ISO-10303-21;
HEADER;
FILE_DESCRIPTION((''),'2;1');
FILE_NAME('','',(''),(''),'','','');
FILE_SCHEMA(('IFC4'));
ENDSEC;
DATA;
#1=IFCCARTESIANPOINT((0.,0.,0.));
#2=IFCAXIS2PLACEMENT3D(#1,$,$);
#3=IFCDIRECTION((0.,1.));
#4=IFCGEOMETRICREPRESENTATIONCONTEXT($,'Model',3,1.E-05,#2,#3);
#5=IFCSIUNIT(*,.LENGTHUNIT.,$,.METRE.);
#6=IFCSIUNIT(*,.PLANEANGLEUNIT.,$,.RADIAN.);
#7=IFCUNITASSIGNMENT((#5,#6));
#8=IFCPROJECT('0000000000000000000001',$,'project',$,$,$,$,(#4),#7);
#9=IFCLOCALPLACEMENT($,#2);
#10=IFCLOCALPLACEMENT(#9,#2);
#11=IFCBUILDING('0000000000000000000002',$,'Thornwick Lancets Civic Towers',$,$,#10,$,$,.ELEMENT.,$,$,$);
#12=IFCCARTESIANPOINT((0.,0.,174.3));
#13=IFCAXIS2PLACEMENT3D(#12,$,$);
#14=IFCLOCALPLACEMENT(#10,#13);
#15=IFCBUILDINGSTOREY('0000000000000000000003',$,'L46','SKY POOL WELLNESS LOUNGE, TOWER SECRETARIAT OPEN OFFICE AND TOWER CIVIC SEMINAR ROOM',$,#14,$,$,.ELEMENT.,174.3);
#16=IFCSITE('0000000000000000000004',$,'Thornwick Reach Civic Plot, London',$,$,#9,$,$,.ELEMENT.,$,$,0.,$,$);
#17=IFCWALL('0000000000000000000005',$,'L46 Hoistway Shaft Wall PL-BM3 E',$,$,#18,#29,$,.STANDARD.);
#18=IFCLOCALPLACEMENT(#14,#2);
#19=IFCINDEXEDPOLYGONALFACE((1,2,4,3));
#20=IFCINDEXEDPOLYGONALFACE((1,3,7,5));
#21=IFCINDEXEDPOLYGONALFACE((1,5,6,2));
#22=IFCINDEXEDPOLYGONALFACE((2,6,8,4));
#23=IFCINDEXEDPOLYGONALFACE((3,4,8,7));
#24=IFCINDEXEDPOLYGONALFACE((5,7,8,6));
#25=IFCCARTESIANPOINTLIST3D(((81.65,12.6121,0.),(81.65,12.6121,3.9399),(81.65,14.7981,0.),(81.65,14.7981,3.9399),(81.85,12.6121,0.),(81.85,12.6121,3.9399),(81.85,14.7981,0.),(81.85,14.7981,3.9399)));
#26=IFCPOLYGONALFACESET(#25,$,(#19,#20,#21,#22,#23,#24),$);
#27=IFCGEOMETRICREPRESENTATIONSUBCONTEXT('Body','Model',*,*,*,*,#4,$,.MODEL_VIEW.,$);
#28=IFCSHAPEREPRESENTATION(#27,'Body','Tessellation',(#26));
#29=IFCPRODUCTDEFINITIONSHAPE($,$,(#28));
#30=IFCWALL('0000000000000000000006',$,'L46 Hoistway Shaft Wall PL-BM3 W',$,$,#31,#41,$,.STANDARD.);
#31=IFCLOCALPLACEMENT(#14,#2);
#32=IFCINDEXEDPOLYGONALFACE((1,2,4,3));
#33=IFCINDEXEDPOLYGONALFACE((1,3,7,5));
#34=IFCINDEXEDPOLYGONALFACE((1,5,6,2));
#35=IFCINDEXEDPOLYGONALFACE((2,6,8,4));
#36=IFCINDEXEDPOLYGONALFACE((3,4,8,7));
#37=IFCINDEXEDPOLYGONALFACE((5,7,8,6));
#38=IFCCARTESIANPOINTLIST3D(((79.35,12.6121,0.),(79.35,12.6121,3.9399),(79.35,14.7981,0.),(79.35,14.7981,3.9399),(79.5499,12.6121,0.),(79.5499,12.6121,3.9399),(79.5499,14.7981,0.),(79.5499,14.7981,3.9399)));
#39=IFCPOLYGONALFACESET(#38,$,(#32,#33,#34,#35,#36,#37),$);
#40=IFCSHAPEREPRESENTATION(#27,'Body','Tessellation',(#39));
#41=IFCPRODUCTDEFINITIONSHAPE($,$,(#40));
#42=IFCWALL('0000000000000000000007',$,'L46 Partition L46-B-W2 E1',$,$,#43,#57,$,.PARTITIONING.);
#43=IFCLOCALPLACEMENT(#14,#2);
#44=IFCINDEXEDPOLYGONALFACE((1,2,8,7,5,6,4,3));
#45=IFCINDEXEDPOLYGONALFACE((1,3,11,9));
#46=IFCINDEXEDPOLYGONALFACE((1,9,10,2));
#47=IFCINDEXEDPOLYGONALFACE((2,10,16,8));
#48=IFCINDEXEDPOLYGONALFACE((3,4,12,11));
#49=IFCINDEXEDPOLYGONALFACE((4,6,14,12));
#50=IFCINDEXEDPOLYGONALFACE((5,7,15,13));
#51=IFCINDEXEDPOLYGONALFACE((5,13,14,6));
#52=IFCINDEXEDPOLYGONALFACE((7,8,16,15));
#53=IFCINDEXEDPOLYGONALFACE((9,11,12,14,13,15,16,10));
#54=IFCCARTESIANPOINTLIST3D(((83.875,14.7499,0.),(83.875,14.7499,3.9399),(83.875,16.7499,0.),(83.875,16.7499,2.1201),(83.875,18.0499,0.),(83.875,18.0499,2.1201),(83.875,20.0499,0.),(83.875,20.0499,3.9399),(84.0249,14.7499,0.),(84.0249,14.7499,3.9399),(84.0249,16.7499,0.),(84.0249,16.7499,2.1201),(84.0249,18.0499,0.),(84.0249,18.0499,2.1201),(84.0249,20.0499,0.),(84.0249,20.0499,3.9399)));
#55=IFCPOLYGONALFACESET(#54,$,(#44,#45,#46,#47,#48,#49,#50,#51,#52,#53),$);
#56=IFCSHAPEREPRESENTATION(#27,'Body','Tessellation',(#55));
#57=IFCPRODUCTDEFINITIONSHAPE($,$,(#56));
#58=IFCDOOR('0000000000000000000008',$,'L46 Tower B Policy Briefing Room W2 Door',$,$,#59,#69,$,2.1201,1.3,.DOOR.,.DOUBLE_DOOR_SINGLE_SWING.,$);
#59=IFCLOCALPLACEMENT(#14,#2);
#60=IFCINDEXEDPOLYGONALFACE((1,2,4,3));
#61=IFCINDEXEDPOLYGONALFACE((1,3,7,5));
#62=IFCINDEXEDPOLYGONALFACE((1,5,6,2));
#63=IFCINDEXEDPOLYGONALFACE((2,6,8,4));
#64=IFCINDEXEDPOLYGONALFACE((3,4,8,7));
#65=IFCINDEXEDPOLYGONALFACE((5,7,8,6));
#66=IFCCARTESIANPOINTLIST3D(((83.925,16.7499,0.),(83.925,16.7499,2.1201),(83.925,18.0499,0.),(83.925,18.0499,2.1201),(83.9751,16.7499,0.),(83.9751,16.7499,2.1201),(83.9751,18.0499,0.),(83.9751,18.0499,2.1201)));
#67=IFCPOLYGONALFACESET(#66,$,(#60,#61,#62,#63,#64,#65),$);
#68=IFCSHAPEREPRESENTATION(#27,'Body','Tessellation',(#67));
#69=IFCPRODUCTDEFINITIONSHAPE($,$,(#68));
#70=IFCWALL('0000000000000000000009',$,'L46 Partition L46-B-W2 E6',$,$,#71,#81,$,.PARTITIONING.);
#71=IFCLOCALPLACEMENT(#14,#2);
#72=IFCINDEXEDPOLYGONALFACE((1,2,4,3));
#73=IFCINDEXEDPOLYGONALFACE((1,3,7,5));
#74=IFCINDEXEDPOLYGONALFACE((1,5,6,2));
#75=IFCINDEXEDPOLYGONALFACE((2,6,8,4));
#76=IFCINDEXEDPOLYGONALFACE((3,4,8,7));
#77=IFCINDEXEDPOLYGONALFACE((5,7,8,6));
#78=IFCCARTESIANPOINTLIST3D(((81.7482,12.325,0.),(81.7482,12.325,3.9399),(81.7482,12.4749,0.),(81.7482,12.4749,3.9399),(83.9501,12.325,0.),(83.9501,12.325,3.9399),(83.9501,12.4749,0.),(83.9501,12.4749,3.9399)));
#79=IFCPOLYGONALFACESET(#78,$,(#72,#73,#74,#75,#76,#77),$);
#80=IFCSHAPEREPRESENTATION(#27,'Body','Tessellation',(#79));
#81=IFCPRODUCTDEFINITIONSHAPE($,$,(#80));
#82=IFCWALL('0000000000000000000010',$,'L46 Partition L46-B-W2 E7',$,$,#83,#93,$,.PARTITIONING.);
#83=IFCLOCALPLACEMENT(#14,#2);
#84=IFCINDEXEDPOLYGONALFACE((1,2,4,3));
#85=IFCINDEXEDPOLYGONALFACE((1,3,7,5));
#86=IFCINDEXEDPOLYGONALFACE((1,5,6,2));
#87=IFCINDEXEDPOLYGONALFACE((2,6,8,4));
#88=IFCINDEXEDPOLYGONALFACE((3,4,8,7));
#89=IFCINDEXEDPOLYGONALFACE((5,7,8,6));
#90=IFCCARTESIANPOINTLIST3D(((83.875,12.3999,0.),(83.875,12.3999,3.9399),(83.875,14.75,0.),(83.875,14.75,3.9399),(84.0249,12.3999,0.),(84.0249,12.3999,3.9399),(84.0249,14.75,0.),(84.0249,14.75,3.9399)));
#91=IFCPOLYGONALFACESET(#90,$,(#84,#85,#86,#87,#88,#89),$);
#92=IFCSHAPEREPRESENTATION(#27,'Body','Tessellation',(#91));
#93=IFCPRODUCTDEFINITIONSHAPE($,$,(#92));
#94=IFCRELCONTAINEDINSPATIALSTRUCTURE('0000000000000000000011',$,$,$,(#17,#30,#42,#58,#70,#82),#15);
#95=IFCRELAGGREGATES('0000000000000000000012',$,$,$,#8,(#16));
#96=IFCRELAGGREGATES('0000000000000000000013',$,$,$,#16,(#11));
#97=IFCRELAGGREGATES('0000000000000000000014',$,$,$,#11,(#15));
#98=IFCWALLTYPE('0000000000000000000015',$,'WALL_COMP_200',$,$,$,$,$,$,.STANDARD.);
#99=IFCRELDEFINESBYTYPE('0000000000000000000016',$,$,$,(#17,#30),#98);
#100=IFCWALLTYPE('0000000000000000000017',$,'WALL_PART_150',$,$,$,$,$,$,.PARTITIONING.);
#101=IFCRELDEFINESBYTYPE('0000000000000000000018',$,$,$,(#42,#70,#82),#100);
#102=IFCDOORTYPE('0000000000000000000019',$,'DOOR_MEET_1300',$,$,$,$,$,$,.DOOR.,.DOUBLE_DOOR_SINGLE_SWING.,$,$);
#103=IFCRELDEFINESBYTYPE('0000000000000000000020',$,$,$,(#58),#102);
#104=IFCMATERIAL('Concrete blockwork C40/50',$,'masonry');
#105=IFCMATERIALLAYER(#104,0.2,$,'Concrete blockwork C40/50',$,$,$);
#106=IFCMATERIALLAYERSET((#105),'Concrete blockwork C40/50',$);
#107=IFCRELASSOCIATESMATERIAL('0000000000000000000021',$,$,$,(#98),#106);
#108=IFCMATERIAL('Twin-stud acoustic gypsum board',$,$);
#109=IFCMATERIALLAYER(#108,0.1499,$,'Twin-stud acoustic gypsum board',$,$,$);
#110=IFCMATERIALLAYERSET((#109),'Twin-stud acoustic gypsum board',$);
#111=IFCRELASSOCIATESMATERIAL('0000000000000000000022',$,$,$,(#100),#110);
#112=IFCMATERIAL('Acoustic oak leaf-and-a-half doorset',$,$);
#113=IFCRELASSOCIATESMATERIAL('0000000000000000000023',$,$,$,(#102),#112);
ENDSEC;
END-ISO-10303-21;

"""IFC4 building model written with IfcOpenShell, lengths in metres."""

from ifc_helpers import new_model, si_unit, direction, frame, frame_2d, origin, place, context, subcontext, project, spatial, rectangle, extrude, material, layer, layer_set, type_object, element, fill, save


model = new_model("IFC4")

# Units and contexts
model_context = context("Model", 3, precision=1e-05, world=origin(), true_north=direction((0.0, 1.0)))
body_context = subcontext(model_context, "Body", "Model", "MODEL_VIEW")
ifc_project = project(units=[si_unit("LENGTHUNIT", "METRE"), si_unit("PLANEANGLEUNIT", "RADIAN")], contexts=[model_context])

# Site, building, storey
site_placement = place(None, origin())
site = spatial("IfcSite", under=ifc_project, at=site_placement, Name="Thornwick Reach Civic Plot, London", CompositionType="ELEMENT", RefElevation=0.0)
building_placement = place(site_placement, origin())
building = spatial("IfcBuilding", under=site, at=building_placement, Name="Thornwick Lancets Civic Towers", CompositionType="ELEMENT")
storey_placement = place(building_placement, frame((0.0, 0.0, 174.3)))
storey = spatial("IfcBuildingStorey", under=building, at=storey_placement, Name="L46", Description="SKY POOL WELLNESS LOUNGE, TOWER SECRETARIAT OPEN OFFICE AND TOWER CIVIC SEMINAR ROOM", CompositionType="ELEMENT", Elevation=174.3)

# Shared definitions
ifc_material_1 = material(Name="Concrete blockwork C40/50", Category="masonry")
ifc_layer_1 = layer(ifc_material_1, 0.2, Name="Concrete blockwork C40/50")
ifc_layer_set_1 = layer_set([ifc_layer_1], Name="Concrete blockwork C40/50")
wall_type_1 = type_object("IfcWallType", Name="WALL_COMP_200", PredefinedType="STANDARD", material=ifc_layer_set_1)

# Walls
for number, where, z_axis, x_axis, name in (
    (1, (81.75, 12.6121, 0.0), (0.0, 0.0, 1.0), (0.0, 1.0, 0.0), "L46 Hoistway Shaft Wall PL-BM3 E"),
    (2, (79.45, 12.6121, 0.0), (0.0, 0.0, 1.0), (0.0, 1.0, 0.0), "L46 Hoistway Shaft Wall PL-BM3 W"),
):
    element("IfcWall", number, at=place(storey_placement, frame(where, z_axis=z_axis, x_axis=x_axis)), inside=storey, type_object=wall_type_1, Name=name, PredefinedType="STANDARD", context=body_context, shape_type="SweptSolid", body=[
        extrude(rectangle(XDim=2.186, YDim=0.2, at=frame_2d((1.093, 0.0))), origin(), (0.0, 0.0, 1.0), 3.9399),
    ])

# Wall, opening, door
ifc_material_2 = material(Name="Twin-stud acoustic gypsum board")
ifc_layer_2 = layer(ifc_material_2, 0.1499, Name="Twin-stud acoustic gypsum board")
ifc_layer_set_2 = layer_set([ifc_layer_2], Name="Twin-stud acoustic gypsum board")
wall_type_2 = type_object("IfcWallType", Name="WALL_PART_150", PredefinedType="PARTITIONING", material=ifc_layer_set_2)
wall_1_placement = place(storey_placement, frame((83.95, 14.75, 0.0), z_axis=(0.0, 0.0, 1.0), x_axis=(0.0, 1.0, 0.0)))
wall_1 = element("IfcWall", 3, at=wall_1_placement, inside=storey, type_object=wall_type_2, Name="L46 Partition L46-B-W2 E1", PredefinedType="PARTITIONING", context=body_context, shape_type="SweptSolid", body=[
    extrude(rectangle(XDim=5.3, YDim=0.1499, at=frame_2d((2.6499, 0.0))), origin(), (0.0, 0.0, 1.0), 3.9399),
])
opening_1_placement = place(wall_1_placement, frame((2.0, 0.0, 0.0)))
opening_1 = element("IfcOpeningElement", 4, at=opening_1_placement, cuts=wall_1, PredefinedType="OPENING", context=body_context, shape_type="SweptSolid", body=[
    extrude(rectangle(XDim=1.3, YDim=2.1201, at=frame_2d((0.6499, 1.0601))), frame((0.0, 0.085, 0.0), z_axis=(0.0, -1.0, 0.0), x_axis=(1.0, 0.0, 0.0)), (0.0, 0.0, 1.0), 0.1699),
])
ifc_material_3 = material(Name="Acoustic oak leaf-and-a-half doorset")
door_type_1 = type_object("IfcDoorType", Name="DOOR_MEET_1300", OperationType="DOUBLE_DOOR_SINGLE_SWING", PredefinedType="DOOR", material=ifc_material_3)
door_1_placement = place(opening_1_placement, origin())
door_1 = element("IfcDoor", 5, at=door_1_placement, inside=storey, type_object=door_type_1, Name="L46 Tower B Policy Briefing Room W2 Door", OperationType="DOUBLE_DOOR_SINGLE_SWING", OverallHeight=2.1201, OverallWidth=1.3, PredefinedType="DOOR", context=body_context, shape_type="SweptSolid", body=[
    extrude(rectangle(XDim=1.3, YDim=2.1201, at=frame_2d((0.6499, 1.0601))), frame((0.0, 0.0249, 0.0), z_axis=(0.0, -1.0, 0.0), x_axis=(1.0, 0.0, 0.0)), (0.0, 0.0, 1.0), 0.05),
])
fill(opening_1, door_1)

# Walls
wall_2_placement = place(storey_placement, frame((81.748, 12.3999, 0.0), z_axis=(0.0, 0.0, 1.0), x_axis=(1.0, 0.0, 0.0)))
element("IfcWall", 6, at=wall_2_placement, inside=storey, type_object=wall_type_2, Name="L46 Partition L46-B-W2 E6", PredefinedType="PARTITIONING", context=body_context, shape_type="SweptSolid", body=[
    extrude(rectangle(XDim=2.2019, YDim=0.1499, at=frame_2d((1.1011, 0.0))), origin(), (0.0, 0.0, 1.0), 3.9399),
])
wall_3_placement = place(storey_placement, frame((83.95, 12.3999, 0.0), z_axis=(0.0, 0.0, 1.0), x_axis=(0.0, 1.0, 0.0)))
element("IfcWall", 7, at=wall_3_placement, inside=storey, type_object=wall_type_2, Name="L46 Partition L46-B-W2 E7", PredefinedType="PARTITIONING", context=body_context, shape_type="SweptSolid", body=[
    extrude(rectangle(XDim=2.3501, YDim=0.1499, at=frame_2d((1.175, 0.0))), origin(), (0.0, 0.0, 1.0), 3.9399),
])

save(model, "model.ifc")
